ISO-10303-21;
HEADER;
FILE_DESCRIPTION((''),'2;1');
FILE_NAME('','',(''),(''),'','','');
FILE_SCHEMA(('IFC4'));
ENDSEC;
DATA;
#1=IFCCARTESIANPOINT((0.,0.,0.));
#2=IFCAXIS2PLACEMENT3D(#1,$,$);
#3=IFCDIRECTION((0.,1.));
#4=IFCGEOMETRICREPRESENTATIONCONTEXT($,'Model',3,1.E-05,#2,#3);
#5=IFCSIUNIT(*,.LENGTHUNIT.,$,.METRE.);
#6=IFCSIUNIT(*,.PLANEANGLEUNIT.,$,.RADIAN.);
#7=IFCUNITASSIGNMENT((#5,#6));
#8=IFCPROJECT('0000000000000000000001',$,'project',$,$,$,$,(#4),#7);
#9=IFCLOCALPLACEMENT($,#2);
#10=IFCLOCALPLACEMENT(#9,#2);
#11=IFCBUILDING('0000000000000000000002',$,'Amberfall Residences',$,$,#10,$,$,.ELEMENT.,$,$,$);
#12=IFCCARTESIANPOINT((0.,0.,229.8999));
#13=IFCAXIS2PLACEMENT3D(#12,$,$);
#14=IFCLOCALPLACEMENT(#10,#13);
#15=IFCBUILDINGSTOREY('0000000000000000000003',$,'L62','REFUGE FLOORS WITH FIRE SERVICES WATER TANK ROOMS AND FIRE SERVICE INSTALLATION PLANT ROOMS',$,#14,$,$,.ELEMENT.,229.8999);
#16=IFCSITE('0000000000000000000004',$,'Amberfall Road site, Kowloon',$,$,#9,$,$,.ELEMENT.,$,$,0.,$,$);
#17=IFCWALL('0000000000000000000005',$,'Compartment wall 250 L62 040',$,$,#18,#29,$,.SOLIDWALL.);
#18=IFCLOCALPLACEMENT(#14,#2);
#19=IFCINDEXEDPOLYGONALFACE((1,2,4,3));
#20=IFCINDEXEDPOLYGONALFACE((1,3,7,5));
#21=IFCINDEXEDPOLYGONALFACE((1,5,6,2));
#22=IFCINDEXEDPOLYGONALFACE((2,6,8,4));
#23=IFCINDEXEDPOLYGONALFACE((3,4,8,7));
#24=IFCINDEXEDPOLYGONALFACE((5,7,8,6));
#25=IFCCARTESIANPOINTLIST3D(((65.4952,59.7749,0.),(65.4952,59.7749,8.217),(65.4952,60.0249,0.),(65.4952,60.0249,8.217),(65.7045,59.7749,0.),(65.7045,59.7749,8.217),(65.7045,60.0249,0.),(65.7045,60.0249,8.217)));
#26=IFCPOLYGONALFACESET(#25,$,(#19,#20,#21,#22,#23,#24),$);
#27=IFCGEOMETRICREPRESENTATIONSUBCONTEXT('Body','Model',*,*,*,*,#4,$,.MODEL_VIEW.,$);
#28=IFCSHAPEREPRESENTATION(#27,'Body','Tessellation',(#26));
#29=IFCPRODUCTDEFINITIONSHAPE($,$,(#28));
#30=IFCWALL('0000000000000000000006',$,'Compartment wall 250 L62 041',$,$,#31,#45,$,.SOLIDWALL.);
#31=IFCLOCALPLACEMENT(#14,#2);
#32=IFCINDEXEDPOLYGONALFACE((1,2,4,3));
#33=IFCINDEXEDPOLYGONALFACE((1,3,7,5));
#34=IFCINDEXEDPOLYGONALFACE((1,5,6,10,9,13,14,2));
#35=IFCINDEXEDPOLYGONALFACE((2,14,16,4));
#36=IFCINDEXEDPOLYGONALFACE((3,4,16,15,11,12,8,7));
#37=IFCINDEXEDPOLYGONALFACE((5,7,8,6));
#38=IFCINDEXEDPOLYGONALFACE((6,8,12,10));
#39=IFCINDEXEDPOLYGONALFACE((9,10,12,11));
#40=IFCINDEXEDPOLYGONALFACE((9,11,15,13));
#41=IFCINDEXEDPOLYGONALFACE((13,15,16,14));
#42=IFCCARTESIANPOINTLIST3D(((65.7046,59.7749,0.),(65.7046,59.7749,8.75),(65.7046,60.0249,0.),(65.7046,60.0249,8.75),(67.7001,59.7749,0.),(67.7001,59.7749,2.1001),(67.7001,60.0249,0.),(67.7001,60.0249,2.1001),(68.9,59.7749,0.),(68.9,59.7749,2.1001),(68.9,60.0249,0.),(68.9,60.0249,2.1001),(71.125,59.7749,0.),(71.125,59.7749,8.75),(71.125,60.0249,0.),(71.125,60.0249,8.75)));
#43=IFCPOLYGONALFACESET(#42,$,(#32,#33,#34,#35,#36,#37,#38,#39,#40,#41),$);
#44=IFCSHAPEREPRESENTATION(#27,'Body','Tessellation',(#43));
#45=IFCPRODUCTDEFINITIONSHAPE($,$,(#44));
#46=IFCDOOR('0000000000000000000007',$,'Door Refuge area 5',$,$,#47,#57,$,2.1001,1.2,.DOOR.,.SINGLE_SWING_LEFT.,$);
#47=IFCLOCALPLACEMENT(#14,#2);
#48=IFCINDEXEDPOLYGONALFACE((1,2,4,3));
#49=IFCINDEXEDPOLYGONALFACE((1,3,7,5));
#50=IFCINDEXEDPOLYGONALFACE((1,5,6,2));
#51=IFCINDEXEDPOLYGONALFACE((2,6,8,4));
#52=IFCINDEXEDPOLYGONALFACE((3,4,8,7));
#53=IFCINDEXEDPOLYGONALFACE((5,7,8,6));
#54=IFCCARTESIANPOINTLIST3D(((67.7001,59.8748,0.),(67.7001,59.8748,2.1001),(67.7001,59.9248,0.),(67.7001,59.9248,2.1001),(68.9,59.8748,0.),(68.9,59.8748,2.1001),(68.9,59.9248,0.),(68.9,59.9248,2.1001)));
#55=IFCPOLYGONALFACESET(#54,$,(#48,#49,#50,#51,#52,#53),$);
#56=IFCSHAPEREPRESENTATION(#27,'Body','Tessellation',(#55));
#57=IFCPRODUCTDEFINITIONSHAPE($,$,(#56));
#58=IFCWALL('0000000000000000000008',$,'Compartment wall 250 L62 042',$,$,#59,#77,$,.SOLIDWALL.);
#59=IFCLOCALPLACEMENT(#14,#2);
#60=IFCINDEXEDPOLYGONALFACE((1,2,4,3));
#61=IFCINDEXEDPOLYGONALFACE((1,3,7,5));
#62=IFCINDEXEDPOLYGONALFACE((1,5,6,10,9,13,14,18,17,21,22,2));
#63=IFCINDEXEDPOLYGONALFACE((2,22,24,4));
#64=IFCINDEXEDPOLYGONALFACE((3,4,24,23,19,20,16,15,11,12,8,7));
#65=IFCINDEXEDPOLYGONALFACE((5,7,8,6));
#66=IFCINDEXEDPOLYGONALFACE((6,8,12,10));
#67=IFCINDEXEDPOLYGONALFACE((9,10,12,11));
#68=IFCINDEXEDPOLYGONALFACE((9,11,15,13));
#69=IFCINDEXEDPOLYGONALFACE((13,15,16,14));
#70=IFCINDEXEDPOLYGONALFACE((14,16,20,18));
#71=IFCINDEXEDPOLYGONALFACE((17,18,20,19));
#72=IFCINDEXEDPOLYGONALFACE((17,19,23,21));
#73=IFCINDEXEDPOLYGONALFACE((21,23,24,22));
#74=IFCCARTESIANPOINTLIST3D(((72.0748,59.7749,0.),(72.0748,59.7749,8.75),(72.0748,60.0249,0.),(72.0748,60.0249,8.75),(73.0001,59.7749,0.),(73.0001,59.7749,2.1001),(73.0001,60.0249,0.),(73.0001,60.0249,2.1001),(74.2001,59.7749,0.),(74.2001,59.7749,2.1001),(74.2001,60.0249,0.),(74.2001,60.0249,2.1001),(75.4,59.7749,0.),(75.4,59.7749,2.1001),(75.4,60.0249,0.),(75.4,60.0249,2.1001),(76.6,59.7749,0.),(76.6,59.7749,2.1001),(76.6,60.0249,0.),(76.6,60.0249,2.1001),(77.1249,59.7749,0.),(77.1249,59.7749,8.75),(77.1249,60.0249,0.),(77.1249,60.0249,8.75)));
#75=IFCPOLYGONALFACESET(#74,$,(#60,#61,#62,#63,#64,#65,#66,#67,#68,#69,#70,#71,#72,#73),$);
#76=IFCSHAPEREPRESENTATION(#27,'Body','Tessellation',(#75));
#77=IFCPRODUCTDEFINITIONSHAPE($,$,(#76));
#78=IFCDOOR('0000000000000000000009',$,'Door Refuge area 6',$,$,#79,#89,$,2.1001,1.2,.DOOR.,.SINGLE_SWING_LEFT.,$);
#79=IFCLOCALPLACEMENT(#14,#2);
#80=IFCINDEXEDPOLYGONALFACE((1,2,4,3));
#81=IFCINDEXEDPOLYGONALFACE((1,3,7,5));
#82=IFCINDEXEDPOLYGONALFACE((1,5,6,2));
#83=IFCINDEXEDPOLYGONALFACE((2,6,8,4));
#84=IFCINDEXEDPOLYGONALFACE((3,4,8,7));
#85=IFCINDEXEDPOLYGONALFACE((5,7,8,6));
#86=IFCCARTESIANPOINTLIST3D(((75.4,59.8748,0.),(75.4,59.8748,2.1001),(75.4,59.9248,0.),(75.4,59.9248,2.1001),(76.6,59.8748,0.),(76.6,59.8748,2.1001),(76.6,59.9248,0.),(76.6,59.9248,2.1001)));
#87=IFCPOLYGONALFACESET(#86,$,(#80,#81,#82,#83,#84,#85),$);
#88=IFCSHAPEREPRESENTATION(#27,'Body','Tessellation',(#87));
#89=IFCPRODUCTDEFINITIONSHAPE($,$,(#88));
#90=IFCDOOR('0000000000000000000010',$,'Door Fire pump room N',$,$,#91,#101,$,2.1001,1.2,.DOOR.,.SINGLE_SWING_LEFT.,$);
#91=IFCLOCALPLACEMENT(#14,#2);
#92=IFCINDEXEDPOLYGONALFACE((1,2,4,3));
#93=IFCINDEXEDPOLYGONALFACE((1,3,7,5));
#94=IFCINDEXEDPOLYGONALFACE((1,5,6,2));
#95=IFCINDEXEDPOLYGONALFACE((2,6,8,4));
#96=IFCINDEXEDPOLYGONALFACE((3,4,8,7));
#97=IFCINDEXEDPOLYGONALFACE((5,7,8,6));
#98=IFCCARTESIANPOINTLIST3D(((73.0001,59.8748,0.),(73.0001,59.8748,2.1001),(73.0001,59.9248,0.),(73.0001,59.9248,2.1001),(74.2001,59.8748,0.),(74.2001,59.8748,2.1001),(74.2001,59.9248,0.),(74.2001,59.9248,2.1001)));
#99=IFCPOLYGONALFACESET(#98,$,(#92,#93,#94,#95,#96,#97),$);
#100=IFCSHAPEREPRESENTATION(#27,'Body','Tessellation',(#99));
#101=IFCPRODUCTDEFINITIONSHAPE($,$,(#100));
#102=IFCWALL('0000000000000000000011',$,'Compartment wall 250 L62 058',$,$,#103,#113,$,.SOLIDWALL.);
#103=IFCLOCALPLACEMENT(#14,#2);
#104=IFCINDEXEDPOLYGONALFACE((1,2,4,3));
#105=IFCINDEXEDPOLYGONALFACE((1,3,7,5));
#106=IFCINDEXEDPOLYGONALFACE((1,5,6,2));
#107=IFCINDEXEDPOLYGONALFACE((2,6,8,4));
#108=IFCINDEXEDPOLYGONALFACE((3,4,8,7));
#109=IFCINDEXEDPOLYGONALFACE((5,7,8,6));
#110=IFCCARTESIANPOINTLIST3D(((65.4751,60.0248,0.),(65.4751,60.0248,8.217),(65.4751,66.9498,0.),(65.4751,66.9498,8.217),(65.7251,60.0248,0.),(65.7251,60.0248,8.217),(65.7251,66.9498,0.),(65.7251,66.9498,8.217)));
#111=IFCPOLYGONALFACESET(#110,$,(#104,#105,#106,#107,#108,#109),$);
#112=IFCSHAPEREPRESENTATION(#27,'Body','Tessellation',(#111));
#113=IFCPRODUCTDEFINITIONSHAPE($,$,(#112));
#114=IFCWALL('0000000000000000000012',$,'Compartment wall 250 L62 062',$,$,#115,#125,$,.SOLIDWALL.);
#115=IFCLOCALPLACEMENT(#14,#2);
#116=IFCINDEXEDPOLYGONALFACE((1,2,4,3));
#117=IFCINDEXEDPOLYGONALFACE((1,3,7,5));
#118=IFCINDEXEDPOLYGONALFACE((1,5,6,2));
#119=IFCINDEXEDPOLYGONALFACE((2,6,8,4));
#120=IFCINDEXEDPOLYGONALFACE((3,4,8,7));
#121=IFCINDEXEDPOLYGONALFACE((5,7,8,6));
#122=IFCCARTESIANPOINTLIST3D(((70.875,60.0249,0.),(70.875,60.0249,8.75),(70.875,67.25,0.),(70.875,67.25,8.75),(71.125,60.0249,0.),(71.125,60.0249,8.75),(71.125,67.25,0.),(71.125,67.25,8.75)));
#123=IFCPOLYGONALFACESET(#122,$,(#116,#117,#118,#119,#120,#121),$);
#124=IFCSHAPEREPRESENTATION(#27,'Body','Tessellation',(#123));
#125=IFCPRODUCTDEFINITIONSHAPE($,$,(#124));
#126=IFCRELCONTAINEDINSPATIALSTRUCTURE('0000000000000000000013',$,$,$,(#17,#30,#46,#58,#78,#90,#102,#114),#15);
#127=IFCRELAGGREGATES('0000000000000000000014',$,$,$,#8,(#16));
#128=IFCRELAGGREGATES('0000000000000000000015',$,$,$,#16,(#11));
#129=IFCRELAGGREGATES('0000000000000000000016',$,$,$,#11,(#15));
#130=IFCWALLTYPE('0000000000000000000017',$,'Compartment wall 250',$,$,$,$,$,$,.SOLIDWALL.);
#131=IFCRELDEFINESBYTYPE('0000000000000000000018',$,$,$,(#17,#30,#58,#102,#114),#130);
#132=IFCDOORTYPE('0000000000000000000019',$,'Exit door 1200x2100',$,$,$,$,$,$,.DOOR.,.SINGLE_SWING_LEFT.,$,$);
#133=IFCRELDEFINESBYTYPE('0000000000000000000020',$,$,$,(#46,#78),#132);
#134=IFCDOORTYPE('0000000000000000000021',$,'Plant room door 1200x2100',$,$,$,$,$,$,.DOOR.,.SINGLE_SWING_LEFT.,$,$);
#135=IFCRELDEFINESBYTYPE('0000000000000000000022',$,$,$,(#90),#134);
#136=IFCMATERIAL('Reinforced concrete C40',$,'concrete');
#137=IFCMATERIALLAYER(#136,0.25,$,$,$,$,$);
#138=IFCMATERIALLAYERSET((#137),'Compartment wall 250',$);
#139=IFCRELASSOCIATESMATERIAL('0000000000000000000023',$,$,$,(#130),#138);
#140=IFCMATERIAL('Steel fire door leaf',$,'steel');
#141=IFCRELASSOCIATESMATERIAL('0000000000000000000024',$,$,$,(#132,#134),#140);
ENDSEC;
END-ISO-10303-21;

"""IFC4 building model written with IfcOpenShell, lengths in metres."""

from ifc_helpers import new_model, si_unit, direction, frame, frame_2d, origin, place, context, subcontext, project, spatial, rectangle, extrude, material, layer, layer_set, type_object, element, fill, save


model = new_model("IFC4")

# Units and contexts
model_context = context("Model", 3, precision=1e-05, world=origin(), true_north=direction((0.0, 1.0)))
body_context = subcontext(model_context, "Body", "Model", "MODEL_VIEW")
ifc_project = project(units=[si_unit("LENGTHUNIT", "METRE"), si_unit("PLANEANGLEUNIT", "RADIAN")], contexts=[model_context])

# Site, building, storey
site_placement = place(None, origin())
site = spatial("IfcSite", under=ifc_project, at=site_placement, Name="Amberfall Road site, Kowloon", CompositionType="ELEMENT", RefElevation=0.0)
building_placement = place(site_placement, origin())
building = spatial("IfcBuilding", under=site, at=building_placement, Name="Amberfall Residences", CompositionType="ELEMENT")
storey_placement = place(building_placement, frame((0.0, 0.0, 229.8999)))
storey = spatial("IfcBuildingStorey", under=building, at=storey_placement, Name="L62", Description="REFUGE FLOORS WITH FIRE SERVICES WATER TANK ROOMS AND FIRE SERVICE INSTALLATION PLANT ROOMS", CompositionType="ELEMENT", Elevation=229.8999)

# Shared definitions
ifc_material_1 = material(Name="Reinforced concrete C40", Category="concrete")
ifc_layer = layer(ifc_material_1, 0.25)
ifc_layer_set = layer_set([ifc_layer], Name="Compartment wall 250")
wall_type = type_object("IfcWallType", Name="Compartment wall 250", PredefinedType="SOLIDWALL", material=ifc_layer_set)

# Shared definitions
ifc_material_2 = material(Name="Steel fire door leaf", Category="steel")

# Wall
wall_1_placement = place(storey_placement, frame((65.4954, 59.8999, 0.0), z_axis=(0.0, 0.0, 1.0), x_axis=(1.0, 0.0, 0.0)))
element("IfcWall", 1, at=wall_1_placement, inside=storey, type_object=wall_type, Name="Compartment wall 250 L62 040", PredefinedType="SOLIDWALL", context=body_context, shape_type="SweptSolid", body=[
    extrude(rectangle(XDim=0.2092, YDim=0.25, at=frame_2d((0.1045, 0.0))), origin(), (0.0, 0.0, 1.0), 8.217),
])

# Wall, opening, door
wall_2_placement = place(storey_placement, frame((65.7046, 59.8999, 0.0), z_axis=(0.0, 0.0, 1.0), x_axis=(1.0, 0.0, 0.0)))
wall_2 = element("IfcWall", 2, at=wall_2_placement, inside=storey, type_object=wall_type, Name="Compartment wall 250 L62 041", PredefinedType="SOLIDWALL", context=body_context, shape_type="SweptSolid", body=[
    extrude(rectangle(XDim=5.4204, YDim=0.25, at=frame_2d((2.7102, 0.0))), origin(), (0.0, 0.0, 1.0), 8.75),
])
opening_1_placement = place(wall_2_placement, frame((1.9954, 0.0, 0.0)))
opening_1 = element("IfcOpeningElement", 3, at=opening_1_placement, cuts=wall_2, PredefinedType="OPENING", context=body_context, shape_type="SweptSolid", body=[
    extrude(rectangle(XDim=1.2, YDim=2.1001, at=frame_2d((0.6001, 1.05))), frame((0.0, 0.135, 0.0), z_axis=(0.0, -1.0, 0.0), x_axis=(1.0, 0.0, 0.0)), (0.0, 0.0, 1.0), 0.27),
])
door_type_1 = type_object("IfcDoorType", Name="Exit door 1200x2100", OperationType="SINGLE_SWING_LEFT", PredefinedType="DOOR", material=ifc_material_2)
door_1_placement = place(opening_1_placement, origin())
door_1 = element("IfcDoor", 4, at=door_1_placement, inside=storey, type_object=door_type_1, Name="Door Refuge area 5", OperationType="SINGLE_SWING_LEFT", OverallHeight=2.1001, OverallWidth=1.2, PredefinedType="DOOR", context=body_context, shape_type="SweptSolid", body=[
    extrude(rectangle(XDim=1.2, YDim=2.1001, at=frame_2d((0.6001, 1.05))), frame((0.0, 0.0249, 0.0), z_axis=(0.0, -1.0, 0.0), x_axis=(1.0, 0.0, 0.0)), (0.0, 0.0, 1.0), 0.05),
])
fill(opening_1, door_1)

# Wall, openings, doors
wall_3_placement = place(storey_placement, frame((72.075, 59.8999, 0.0), z_axis=(0.0, 0.0, 1.0), x_axis=(1.0, 0.0, 0.0)))
wall_3 = element("IfcWall", 5, at=wall_3_placement, inside=storey, type_object=wall_type, Name="Compartment wall 250 L62 042", PredefinedType="SOLIDWALL", context=body_context, shape_type="SweptSolid", body=[
    extrude(rectangle(XDim=5.05, YDim=0.25, at=frame_2d((2.5249, 0.0))), origin(), (0.0, 0.0, 1.0), 8.75),
])
opening_2_placement = place(wall_3_placement, frame((0.925, 0.0, 0.0)))
opening_2 = element("IfcOpeningElement", 6, at=opening_2_placement, cuts=wall_3, PredefinedType="OPENING", context=body_context, shape_type="SweptSolid", body=[
    extrude(rectangle(XDim=1.2, YDim=2.1001, at=frame_2d((0.6001, 1.05))), frame((0.0, 0.135, 0.0), z_axis=(0.0, -1.0, 0.0), x_axis=(1.0, 0.0, 0.0)), (0.0, 0.0, 1.0), 0.27),
])
opening_3_placement = place(wall_3_placement, frame((3.325, 0.0, 0.0)))
opening_3 = element("IfcOpeningElement", 7, at=opening_3_placement, cuts=wall_3, PredefinedType="OPENING", context=body_context, shape_type="SweptSolid", body=[
    extrude(rectangle(XDim=1.2, YDim=2.1001, at=frame_2d((0.6001, 1.05))), frame((0.0, 0.135, 0.0), z_axis=(0.0, -1.0, 0.0), x_axis=(1.0, 0.0, 0.0)), (0.0, 0.0, 1.0), 0.27),
])
door_2_placement = place(opening_3_placement, origin())
door_2 = element("IfcDoor", 8, at=door_2_placement, inside=storey, type_object=door_type_1, Name="Door Refuge area 6", OperationType="SINGLE_SWING_LEFT", OverallHeight=2.1001, OverallWidth=1.2, PredefinedType="DOOR", context=body_context, shape_type="SweptSolid", body=[
    extrude(rectangle(XDim=1.2, YDim=2.1001, at=frame_2d((0.6001, 1.05))), frame((0.0, 0.0249, 0.0), z_axis=(0.0, -1.0, 0.0), x_axis=(1.0, 0.0, 0.0)), (0.0, 0.0, 1.0), 0.05),
])
fill(opening_3, door_2)
door_type_2 = type_object("IfcDoorType", Name="Plant room door 1200x2100", OperationType="SINGLE_SWING_LEFT", PredefinedType="DOOR", material=ifc_material_2)
door_3_placement = place(opening_2_placement, origin())
door_3 = element("IfcDoor", 9, at=door_3_placement, inside=storey, type_object=door_type_2, Name="Door Fire pump room N", OperationType="SINGLE_SWING_LEFT", OverallHeight=2.1001, OverallWidth=1.2, PredefinedType="DOOR", context=body_context, shape_type="SweptSolid", body=[
    extrude(rectangle(XDim=1.2, YDim=2.1001, at=frame_2d((0.6001, 1.05))), frame((0.0, 0.0249, 0.0), z_axis=(0.0, -1.0, 0.0), x_axis=(1.0, 0.0, 0.0)), (0.0, 0.0, 1.0), 0.05),
])
fill(opening_2, door_3)

# Walls
wall_4_placement = place(storey_placement, frame((65.6001, 60.0249, 0.0), z_axis=(0.0, 0.0, 1.0), x_axis=(0.0, 1.0, 0.0)))
element("IfcWall", 10, at=wall_4_placement, inside=storey, type_object=wall_type, Name="Compartment wall 250 L62 058", PredefinedType="SOLIDWALL", context=body_context, shape_type="SweptSolid", body=[
    extrude(rectangle(XDim=6.925, YDim=0.25, at=frame_2d((3.4624, 0.0))), origin(), (0.0, 0.0, 1.0), 8.217),
])
wall_5_placement = place(storey_placement, frame((71.0, 60.0249, 0.0), z_axis=(0.0, 0.0, 1.0), x_axis=(0.0, 1.0, 0.0)))
element("IfcWall", 11, at=wall_5_placement, inside=storey, type_object=wall_type, Name="Compartment wall 250 L62 062", PredefinedType="SOLIDWALL", context=body_context, shape_type="SweptSolid", body=[
    extrude(rectangle(XDim=7.2251, YDim=0.25, at=frame_2d((3.6125, 0.0))), origin(), (0.0, 0.0, 1.0), 8.75),
])

save(model, "model.ifc")
